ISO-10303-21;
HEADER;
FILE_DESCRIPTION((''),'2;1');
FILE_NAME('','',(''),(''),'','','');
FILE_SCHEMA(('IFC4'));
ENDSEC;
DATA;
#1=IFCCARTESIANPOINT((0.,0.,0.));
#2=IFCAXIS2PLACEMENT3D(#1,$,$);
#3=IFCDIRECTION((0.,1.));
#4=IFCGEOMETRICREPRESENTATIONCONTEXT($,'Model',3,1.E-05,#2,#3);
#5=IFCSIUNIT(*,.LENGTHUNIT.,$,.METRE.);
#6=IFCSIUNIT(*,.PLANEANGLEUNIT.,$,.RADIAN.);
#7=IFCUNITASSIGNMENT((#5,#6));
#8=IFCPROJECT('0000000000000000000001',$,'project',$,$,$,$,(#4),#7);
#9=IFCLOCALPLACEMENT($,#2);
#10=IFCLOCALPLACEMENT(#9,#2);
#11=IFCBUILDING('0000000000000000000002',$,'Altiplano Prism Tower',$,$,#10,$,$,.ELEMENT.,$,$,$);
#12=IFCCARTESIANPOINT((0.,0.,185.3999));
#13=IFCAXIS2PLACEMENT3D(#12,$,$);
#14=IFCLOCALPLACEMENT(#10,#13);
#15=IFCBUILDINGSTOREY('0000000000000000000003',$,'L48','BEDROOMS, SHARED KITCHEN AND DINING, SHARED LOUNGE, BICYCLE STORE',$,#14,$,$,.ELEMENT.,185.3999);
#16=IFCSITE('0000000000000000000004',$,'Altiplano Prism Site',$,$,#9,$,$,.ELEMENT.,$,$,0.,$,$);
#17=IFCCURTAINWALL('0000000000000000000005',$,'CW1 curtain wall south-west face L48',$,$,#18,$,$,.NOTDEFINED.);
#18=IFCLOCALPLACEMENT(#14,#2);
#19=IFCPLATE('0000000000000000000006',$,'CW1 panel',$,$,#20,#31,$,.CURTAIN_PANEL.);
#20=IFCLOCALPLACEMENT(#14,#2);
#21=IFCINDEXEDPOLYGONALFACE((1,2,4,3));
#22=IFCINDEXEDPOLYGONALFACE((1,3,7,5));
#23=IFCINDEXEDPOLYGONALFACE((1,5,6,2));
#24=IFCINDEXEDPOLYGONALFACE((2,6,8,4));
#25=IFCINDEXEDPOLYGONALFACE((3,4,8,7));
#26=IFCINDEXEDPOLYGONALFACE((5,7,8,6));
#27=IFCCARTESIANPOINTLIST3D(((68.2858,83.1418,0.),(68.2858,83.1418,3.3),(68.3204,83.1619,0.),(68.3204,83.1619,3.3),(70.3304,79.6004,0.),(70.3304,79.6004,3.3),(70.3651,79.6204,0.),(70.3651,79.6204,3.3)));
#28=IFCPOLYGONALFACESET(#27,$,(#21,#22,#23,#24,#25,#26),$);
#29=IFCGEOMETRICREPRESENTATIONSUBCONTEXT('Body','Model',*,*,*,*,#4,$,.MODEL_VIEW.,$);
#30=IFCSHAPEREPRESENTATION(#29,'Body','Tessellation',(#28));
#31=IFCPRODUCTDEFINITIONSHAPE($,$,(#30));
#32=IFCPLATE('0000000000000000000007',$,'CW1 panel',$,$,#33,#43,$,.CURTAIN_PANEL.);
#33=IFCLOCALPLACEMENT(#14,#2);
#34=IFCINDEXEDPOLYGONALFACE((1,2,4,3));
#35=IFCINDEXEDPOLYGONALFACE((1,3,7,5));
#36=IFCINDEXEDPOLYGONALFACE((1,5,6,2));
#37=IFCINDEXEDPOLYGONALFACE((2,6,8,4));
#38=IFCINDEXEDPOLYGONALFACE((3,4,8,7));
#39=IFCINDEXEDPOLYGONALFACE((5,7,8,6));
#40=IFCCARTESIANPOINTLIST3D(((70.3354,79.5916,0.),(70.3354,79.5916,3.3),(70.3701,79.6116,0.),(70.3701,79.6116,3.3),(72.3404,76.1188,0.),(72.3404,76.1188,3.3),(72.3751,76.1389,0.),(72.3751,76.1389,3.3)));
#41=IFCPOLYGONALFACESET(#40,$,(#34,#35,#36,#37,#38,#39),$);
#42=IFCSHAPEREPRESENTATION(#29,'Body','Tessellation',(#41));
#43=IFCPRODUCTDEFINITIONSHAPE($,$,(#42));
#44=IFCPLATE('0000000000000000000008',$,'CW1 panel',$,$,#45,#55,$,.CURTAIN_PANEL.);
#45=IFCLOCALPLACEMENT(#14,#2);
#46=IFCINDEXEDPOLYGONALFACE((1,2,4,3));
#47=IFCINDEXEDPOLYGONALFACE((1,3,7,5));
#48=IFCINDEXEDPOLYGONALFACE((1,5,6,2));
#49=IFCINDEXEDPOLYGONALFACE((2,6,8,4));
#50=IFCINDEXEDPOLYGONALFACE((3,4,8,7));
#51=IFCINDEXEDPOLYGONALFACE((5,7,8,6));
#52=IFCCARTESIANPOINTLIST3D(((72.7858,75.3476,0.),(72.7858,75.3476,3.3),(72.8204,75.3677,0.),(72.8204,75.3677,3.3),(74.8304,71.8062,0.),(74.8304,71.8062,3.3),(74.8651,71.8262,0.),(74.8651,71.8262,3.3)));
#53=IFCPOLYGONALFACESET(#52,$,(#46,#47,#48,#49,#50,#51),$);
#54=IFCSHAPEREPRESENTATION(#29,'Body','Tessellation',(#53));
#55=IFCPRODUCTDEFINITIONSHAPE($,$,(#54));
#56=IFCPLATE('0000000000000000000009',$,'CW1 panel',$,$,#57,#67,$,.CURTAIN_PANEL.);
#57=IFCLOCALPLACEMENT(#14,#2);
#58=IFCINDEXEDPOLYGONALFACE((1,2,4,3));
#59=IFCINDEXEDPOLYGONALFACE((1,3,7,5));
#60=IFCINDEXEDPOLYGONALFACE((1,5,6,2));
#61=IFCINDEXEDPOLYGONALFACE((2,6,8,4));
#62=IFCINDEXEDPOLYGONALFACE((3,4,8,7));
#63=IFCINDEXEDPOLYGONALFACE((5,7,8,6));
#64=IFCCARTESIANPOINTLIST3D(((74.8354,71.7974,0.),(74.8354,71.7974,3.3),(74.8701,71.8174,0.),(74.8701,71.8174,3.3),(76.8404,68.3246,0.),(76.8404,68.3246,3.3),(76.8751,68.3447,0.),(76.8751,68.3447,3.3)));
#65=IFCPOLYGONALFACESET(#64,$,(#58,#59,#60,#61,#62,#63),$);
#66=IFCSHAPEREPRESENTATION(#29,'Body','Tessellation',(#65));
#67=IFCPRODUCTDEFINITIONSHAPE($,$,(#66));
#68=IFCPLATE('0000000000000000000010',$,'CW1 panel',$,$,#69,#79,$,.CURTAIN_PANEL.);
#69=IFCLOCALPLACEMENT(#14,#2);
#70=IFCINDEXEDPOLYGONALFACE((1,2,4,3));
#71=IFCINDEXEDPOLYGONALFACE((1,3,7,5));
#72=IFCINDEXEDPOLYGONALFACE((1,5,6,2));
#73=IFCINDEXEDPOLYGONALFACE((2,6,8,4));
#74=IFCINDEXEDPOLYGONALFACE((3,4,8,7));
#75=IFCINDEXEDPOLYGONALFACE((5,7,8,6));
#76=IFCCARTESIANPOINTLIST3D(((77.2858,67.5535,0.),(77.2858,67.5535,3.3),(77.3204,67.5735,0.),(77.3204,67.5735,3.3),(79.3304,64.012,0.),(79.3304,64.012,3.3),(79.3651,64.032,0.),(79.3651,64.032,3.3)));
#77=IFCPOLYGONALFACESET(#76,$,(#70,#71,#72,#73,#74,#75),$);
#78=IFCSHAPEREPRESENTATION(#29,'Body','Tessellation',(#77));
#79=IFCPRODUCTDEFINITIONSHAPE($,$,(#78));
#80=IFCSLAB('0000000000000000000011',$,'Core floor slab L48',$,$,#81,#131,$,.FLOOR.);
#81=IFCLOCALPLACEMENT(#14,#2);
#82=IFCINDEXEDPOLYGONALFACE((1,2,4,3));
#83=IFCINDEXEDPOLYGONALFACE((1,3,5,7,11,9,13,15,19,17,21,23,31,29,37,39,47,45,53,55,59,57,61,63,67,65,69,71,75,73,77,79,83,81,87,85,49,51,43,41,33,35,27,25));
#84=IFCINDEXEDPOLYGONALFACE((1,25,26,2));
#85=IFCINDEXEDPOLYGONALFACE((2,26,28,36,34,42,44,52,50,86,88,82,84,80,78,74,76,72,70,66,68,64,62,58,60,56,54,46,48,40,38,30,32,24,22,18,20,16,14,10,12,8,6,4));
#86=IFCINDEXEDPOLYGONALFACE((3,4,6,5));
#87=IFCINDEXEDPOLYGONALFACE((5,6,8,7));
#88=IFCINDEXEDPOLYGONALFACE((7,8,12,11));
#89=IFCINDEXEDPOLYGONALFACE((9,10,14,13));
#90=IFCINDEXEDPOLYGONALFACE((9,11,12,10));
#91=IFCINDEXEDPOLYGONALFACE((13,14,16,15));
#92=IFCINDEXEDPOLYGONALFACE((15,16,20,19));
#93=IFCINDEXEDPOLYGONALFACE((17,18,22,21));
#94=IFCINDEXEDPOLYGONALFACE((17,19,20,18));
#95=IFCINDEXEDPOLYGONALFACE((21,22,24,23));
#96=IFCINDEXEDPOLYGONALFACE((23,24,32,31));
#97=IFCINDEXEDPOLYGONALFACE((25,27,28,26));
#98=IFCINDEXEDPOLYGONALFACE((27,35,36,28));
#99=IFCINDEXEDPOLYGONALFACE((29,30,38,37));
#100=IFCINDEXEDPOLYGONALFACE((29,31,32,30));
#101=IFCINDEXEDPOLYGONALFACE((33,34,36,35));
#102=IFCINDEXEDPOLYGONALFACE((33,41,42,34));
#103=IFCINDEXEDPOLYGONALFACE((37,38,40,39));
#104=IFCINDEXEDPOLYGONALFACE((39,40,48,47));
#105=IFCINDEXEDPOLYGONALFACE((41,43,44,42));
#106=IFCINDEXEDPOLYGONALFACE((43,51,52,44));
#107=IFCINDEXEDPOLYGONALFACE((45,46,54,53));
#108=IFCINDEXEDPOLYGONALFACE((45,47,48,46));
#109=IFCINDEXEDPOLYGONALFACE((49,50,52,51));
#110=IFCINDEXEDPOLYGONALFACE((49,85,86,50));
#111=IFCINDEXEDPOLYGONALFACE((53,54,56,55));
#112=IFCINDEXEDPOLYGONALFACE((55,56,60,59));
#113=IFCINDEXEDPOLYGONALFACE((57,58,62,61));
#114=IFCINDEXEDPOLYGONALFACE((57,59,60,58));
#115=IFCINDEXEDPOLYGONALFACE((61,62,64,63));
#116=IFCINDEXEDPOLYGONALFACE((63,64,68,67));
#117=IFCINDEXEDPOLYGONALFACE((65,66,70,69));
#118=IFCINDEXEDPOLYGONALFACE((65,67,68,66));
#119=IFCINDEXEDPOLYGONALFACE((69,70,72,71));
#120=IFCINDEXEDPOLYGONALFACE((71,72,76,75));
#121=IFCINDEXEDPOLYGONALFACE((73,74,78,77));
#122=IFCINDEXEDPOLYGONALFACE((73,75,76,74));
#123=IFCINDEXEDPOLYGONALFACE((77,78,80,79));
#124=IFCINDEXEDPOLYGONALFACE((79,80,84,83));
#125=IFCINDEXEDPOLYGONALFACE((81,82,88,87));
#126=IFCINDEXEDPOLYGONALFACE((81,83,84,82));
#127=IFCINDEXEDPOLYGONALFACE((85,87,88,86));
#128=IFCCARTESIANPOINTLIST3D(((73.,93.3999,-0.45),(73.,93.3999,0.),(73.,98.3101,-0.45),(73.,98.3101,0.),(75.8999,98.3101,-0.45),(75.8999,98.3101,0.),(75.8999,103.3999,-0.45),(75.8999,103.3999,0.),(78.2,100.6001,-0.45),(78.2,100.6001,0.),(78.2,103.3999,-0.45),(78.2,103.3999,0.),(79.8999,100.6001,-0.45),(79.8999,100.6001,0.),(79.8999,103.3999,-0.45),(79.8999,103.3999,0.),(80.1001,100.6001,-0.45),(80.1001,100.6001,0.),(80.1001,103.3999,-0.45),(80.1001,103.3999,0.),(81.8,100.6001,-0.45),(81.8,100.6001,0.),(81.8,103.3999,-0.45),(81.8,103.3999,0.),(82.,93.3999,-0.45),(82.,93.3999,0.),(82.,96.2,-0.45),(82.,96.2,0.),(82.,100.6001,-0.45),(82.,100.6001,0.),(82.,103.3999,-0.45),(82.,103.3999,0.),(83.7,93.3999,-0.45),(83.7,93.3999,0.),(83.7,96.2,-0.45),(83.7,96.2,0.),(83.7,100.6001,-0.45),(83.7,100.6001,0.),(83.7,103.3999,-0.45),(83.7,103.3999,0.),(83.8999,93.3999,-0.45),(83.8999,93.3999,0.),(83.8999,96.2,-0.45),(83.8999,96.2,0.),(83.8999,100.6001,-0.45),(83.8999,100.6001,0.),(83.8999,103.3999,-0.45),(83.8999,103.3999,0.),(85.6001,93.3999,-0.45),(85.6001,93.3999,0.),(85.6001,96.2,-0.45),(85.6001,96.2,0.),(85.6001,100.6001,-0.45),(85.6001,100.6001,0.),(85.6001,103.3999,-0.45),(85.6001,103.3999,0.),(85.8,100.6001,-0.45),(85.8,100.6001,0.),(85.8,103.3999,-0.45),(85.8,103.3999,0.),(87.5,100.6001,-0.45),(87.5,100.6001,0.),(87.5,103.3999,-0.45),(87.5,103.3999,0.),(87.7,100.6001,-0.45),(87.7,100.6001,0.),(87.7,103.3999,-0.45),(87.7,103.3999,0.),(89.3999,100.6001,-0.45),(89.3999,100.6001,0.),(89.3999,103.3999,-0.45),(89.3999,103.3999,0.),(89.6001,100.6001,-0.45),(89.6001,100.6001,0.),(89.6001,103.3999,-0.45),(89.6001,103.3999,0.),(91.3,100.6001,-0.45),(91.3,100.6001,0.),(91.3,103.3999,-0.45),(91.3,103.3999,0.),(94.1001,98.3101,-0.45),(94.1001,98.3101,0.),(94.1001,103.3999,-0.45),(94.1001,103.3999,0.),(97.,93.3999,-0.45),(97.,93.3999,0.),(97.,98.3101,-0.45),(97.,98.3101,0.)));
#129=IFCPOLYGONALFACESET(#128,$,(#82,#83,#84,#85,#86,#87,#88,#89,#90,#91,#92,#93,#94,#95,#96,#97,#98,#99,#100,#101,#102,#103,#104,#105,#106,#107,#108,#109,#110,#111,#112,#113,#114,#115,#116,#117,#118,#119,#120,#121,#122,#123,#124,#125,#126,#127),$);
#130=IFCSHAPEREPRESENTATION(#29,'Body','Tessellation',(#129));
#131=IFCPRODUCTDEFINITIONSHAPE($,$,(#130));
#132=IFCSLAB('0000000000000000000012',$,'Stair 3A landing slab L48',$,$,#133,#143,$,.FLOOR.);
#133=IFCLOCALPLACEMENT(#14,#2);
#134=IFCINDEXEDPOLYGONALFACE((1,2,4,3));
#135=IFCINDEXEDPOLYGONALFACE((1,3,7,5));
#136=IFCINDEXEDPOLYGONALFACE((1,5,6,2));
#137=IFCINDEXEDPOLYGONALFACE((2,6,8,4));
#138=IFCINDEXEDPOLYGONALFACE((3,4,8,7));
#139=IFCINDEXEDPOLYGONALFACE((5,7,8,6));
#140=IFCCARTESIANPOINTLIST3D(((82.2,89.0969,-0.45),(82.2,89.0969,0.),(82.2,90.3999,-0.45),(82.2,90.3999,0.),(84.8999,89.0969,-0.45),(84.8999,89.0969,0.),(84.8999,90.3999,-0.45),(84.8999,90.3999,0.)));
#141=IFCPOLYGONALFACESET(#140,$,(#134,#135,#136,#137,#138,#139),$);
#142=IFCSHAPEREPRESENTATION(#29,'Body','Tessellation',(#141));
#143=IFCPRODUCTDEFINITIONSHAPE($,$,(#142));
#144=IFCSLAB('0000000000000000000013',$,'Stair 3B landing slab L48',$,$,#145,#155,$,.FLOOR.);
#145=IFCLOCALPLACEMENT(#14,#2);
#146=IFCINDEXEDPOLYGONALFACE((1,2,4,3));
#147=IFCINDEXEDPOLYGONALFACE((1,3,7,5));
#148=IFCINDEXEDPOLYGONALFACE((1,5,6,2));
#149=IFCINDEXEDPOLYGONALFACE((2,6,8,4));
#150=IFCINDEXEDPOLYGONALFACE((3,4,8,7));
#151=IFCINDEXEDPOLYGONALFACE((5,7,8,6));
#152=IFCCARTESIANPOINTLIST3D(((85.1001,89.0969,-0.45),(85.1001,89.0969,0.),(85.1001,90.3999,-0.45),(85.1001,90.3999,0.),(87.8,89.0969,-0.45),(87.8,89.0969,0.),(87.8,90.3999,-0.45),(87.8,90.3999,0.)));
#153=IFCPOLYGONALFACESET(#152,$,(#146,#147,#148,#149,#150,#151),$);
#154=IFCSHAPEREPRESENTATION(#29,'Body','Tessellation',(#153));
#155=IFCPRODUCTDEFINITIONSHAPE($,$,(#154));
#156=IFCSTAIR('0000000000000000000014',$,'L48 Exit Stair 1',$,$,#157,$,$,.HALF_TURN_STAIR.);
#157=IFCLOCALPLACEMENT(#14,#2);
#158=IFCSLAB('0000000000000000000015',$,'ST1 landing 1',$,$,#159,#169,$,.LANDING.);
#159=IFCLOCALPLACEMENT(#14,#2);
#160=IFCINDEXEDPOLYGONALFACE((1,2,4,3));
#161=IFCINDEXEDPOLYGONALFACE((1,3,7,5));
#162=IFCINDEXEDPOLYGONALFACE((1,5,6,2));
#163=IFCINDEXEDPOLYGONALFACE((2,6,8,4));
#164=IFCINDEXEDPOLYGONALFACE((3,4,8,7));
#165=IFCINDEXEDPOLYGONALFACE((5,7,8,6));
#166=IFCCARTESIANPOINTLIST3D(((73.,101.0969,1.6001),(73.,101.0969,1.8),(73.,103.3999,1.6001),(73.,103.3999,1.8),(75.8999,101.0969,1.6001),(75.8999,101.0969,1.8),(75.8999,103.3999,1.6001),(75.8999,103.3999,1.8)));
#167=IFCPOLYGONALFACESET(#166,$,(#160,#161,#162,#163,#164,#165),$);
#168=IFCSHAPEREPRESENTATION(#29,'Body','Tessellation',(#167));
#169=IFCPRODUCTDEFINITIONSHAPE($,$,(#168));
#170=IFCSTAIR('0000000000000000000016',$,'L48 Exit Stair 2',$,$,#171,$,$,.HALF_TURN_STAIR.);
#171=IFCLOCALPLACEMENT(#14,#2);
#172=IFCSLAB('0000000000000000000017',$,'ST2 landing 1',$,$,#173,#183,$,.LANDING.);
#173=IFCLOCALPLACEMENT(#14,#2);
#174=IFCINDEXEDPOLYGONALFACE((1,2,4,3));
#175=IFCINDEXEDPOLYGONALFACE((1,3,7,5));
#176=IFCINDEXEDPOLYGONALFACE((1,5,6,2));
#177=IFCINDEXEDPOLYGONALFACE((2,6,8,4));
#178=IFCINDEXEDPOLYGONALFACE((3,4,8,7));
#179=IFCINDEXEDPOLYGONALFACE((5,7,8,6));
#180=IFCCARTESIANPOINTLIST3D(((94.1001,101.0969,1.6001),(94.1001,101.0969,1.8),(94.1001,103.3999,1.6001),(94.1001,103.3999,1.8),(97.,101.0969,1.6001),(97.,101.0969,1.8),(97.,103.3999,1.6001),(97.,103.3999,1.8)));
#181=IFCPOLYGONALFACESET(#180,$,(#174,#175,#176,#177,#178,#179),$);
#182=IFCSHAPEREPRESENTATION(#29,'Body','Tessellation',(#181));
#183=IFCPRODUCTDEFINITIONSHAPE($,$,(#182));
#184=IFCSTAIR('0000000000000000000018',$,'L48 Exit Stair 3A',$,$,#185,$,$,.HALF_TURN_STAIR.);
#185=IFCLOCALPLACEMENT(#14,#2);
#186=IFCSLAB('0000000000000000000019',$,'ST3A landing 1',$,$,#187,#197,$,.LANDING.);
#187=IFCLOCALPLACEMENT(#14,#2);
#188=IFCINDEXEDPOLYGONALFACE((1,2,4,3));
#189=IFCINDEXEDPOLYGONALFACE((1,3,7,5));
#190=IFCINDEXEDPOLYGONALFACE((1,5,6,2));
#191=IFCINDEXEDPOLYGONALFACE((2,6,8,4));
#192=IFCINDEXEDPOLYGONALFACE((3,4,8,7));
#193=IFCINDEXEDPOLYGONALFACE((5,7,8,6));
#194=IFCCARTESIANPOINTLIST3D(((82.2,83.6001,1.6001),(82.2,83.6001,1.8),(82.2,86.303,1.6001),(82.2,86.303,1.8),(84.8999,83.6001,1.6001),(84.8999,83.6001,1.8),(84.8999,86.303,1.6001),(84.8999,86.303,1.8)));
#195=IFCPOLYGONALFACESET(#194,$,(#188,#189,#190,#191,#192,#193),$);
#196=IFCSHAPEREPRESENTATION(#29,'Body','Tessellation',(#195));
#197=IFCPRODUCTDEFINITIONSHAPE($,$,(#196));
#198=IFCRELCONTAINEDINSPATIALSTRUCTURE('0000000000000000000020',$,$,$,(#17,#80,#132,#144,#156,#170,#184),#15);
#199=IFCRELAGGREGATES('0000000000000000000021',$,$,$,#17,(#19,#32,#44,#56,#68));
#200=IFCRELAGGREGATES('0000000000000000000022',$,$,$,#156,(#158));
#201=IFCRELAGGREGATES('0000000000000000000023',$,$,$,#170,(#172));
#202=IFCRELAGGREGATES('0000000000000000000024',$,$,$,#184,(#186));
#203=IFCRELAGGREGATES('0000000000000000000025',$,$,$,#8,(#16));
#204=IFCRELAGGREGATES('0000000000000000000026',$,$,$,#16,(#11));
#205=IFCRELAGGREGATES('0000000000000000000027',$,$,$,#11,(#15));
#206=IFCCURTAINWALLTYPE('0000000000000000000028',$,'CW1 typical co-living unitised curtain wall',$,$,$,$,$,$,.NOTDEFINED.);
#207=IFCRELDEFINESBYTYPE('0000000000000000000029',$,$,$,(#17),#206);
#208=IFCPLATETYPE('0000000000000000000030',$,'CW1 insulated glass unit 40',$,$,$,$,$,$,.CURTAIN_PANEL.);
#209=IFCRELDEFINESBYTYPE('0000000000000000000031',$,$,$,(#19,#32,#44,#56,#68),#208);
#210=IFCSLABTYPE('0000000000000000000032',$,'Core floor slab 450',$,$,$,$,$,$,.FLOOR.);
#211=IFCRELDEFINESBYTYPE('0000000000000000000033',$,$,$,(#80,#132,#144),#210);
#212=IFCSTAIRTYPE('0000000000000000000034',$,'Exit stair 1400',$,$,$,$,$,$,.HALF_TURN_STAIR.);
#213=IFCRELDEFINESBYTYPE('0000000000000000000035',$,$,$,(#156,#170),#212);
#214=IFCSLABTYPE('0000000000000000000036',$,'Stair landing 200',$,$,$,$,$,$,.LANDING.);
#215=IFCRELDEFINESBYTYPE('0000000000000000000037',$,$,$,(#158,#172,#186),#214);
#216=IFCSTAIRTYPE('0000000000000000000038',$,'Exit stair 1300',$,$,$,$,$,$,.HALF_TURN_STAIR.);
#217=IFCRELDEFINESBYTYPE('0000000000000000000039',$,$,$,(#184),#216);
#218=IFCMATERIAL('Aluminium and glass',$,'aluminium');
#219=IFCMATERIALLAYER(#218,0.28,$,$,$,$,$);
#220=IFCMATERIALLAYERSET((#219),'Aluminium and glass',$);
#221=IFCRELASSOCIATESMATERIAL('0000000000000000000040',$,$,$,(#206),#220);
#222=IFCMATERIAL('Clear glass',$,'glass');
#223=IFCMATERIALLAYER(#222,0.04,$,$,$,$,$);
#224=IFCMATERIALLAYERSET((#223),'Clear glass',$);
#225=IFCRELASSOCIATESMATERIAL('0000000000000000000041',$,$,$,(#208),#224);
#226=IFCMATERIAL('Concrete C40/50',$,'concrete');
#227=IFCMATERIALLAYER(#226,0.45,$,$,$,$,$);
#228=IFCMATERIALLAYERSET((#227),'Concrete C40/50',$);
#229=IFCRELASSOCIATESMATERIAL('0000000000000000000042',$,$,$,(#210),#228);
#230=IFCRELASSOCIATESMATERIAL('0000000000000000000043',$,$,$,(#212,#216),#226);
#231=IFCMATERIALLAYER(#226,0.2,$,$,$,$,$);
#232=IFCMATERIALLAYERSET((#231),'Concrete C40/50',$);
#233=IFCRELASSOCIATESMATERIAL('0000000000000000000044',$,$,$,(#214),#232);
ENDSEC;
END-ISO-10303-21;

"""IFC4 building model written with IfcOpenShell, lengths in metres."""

from ifc_helpers import new_model, si_unit, direction, frame, origin, origin_2d, place, context, subcontext, project, spatial, polyline, rectangle, outline, extrude, material, layer, layer_set, type_object, element, aggregate, save


model = new_model("IFC4")

# Units and contexts
model_context = context("Model", 3, precision=1e-05, world=origin(), true_north=direction((0.0, 1.0)))
body_context = subcontext(model_context, "Body", "Model", "MODEL_VIEW")
ifc_project = project(units=[si_unit("LENGTHUNIT", "METRE"), si_unit("PLANEANGLEUNIT", "RADIAN")], contexts=[model_context])

# Site, building, storey
site_placement = place(None, origin())
site = spatial("IfcSite", under=ifc_project, at=site_placement, Name="Altiplano Prism Site", CompositionType="ELEMENT", RefElevation=0.0)
building_placement = place(site_placement, origin())
building = spatial("IfcBuilding", under=site, at=building_placement, Name="Altiplano Prism Tower", CompositionType="ELEMENT")
storey_placement = place(building_placement, frame((0.0, 0.0, 185.3999)))
storey = spatial("IfcBuildingStorey", under=building, at=storey_placement, Name="L48", Description="BEDROOMS, SHARED KITCHEN AND DINING, SHARED LOUNGE, BICYCLE STORE", CompositionType="ELEMENT", Elevation=185.3999)

# Curtain wall
ifc_material_1 = material(Name="Aluminium and glass", Category="aluminium")
ifc_layer_1 = layer(ifc_material_1, 0.28)
ifc_layer_set_1 = layer_set([ifc_layer_1], Name="Aluminium and glass")
curtain_wall_type = type_object("IfcCurtainWallType", Name="CW1 typical co-living unitised curtain wall", PredefinedType="NOTDEFINED", material=ifc_layer_set_1)
curtain_wall_placement = place(storey_placement, origin())
curtain_wall = element("IfcCurtainWall", 1, at=curtain_wall_placement, inside=storey, type_object=curtain_wall_type, Name="CW1 curtain wall south-west face L48", PredefinedType="NOTDEFINED")

# Plates
ifc_material_2 = material(Name="Clear glass", Category="glass")
ifc_layer_2 = layer(ifc_material_2, 0.04)
ifc_layer_set_2 = layer_set([ifc_layer_2], Name="Clear glass")
plate_type = type_object("IfcPlateType", Name="CW1 insulated glass unit 40", PredefinedType="CURTAIN_PANEL", material=ifc_layer_set_2)
plate_1_placement = place(storey_placement, frame((69.3254, 81.3811, 0.0), z_axis=(0.0, 0.0, 1.0), x_axis=(0.5, -0.866025, 0.0)))
plate_1 = element("IfcPlate", 2, at=plate_1_placement, type_object=plate_type, Name="CW1 panel", PredefinedType="CURTAIN_PANEL", context=body_context, shape_type="SweptSolid", body=[
    extrude(rectangle(XDim=4.0894, YDim=0.04, at=origin_2d()), origin(), (0.0, 0.0, 1.0), 3.3),
])
plate_2_placement = place(storey_placement, frame((71.3552, 77.8652, 0.0), z_axis=(0.0, 0.0, 1.0), x_axis=(0.5, -0.866025, 0.0)))
plate_2 = element("IfcPlate", 3, at=plate_2_placement, type_object=plate_type, Name="CW1 panel", PredefinedType="CURTAIN_PANEL", context=body_context, shape_type="SweptSolid", body=[
    extrude(rectangle(XDim=4.01, YDim=0.04, at=origin_2d()), origin(), (0.0, 0.0, 1.0), 3.3),
])
plate_3_placement = place(storey_placement, frame((73.8254, 73.5869, 0.0), z_axis=(0.0, 0.0, 1.0), x_axis=(0.5, -0.866025, 0.0)))
plate_3 = element("IfcPlate", 4, at=plate_3_placement, type_object=plate_type, Name="CW1 panel", PredefinedType="CURTAIN_PANEL", context=body_context, shape_type="SweptSolid", body=[
    extrude(rectangle(XDim=4.0894, YDim=0.04, at=origin_2d()), origin(), (0.0, 0.0, 1.0), 3.3),
])
plate_4_placement = place(storey_placement, frame((75.8552, 70.071, 0.0), z_axis=(0.0, 0.0, 1.0), x_axis=(0.5, -0.866025, 0.0)))
plate_4 = element("IfcPlate", 5, at=plate_4_placement, type_object=plate_type, Name="CW1 panel", PredefinedType="CURTAIN_PANEL", context=body_context, shape_type="SweptSolid", body=[
    extrude(rectangle(XDim=4.01, YDim=0.04, at=origin_2d()), origin(), (0.0, 0.0, 1.0), 3.3),
])
plate_5_placement = place(storey_placement, frame((78.3254, 65.7927, 0.0), z_axis=(0.0, 0.0, 1.0), x_axis=(0.5, -0.866025, 0.0)))
plate_5 = element("IfcPlate", 6, at=plate_5_placement, type_object=plate_type, Name="CW1 panel", PredefinedType="CURTAIN_PANEL", context=body_context, shape_type="SweptSolid", body=[
    extrude(rectangle(XDim=4.0894, YDim=0.04, at=origin_2d()), origin(), (0.0, 0.0, 1.0), 3.3),
])
aggregate(curtain_wall, [plate_1, plate_2, plate_3, plate_4, plate_5])

# Slabs
ifc_material_3 = material(Name="Concrete C40/50", Category="concrete")
ifc_layer_3 = layer(ifc_material_3, 0.45)
ifc_layer_set_3 = layer_set([ifc_layer_3], Name="Concrete C40/50")
slab_type_1 = type_object("IfcSlabType", Name="Core floor slab 450", PredefinedType="FLOOR", material=ifc_layer_set_3)
slab_1_placement = place(storey_placement, frame((0.0, 0.0, -0.45)))
element("IfcSlab", 7, at=slab_1_placement, inside=storey, type_object=slab_type_1, Name="Core floor slab L48", PredefinedType="FLOOR", context=body_context, shape_type="SweptSolid", body=[
    extrude(outline(polyline([(97.0, 98.3101), (94.1001, 98.3101), (94.1001, 103.3999), (91.3, 103.3999), (91.3, 100.6001), (89.6001, 100.6001), (89.6001, 103.3999), (89.3999, 103.3999), (89.3999, 100.6001), (87.7, 100.6001), (87.7, 103.3999), (87.5, 103.3999), (87.5, 100.6001), (85.8, 100.6001), (85.8, 103.3999), (85.6001, 103.3999), (85.6001, 100.6001), (83.8999, 100.6001), (83.8999, 103.3999), (83.7, 103.3999), (83.7, 100.6001), (82.0, 100.6001), (82.0, 103.3999), (81.8, 103.3999), (81.8, 100.6001), (80.1001, 100.6001), (80.1001, 103.3999), (79.8999, 103.3999), (79.8999, 100.6001), (78.2, 100.6001), (78.2, 103.3999), (75.8999, 103.3999), (75.8999, 98.3101), (73.0, 98.3101), (73.0, 93.3999), (82.0, 93.3999), (82.0, 96.2), (83.7, 96.2), (83.7, 93.3999), (83.8999, 93.3999), (83.8999, 96.2), (85.6001, 96.2), (85.6001, 93.3999), (97.0, 93.3999), (97.0, 98.3101)])), origin(), (0.0, 0.0, 1.0), 0.45),
])
slab_2_placement = place(storey_placement, frame((0.0, 0.0, -0.45)))
element("IfcSlab", 8, at=slab_2_placement, inside=storey, type_object=slab_type_1, Name="Stair 3A landing slab L48", PredefinedType="FLOOR", context=body_context, shape_type="SweptSolid", body=[
    extrude(outline(polyline([(82.2, 89.0969), (84.8999, 89.0969), (84.8999, 90.3999), (82.2, 90.3999), (82.2, 89.0969)])), origin(), (0.0, 0.0, 1.0), 0.45),
])
slab_3_placement = place(storey_placement, frame((0.0, 0.0, -0.45)))
element("IfcSlab", 9, at=slab_3_placement, inside=storey, type_object=slab_type_1, Name="Stair 3B landing slab L48", PredefinedType="FLOOR", context=body_context, shape_type="SweptSolid", body=[
    extrude(outline(polyline([(85.1001, 89.0969), (87.8, 89.0969), (87.8, 90.3999), (85.1001, 90.3999), (85.1001, 89.0969)])), origin(), (0.0, 0.0, 1.0), 0.45),
])

# Stairs, slabs
stair_type_1 = type_object("IfcStairType", Name="Exit stair 1400", PredefinedType="HALF_TURN_STAIR", material=ifc_material_3)
stair_1_placement = place(storey_placement, origin())
stair_1 = element("IfcStair", 10, at=stair_1_placement, inside=storey, type_object=stair_type_1, Name="L48 Exit Stair 1", PredefinedType="HALF_TURN_STAIR")
ifc_layer_4 = layer(ifc_material_3, 0.2)
ifc_layer_set_4 = layer_set([ifc_layer_4], Name="Concrete C40/50")
slab_type_2 = type_object("IfcSlabType", Name="Stair landing 200", PredefinedType="LANDING", material=ifc_layer_set_4)
slab_4_placement = place(storey_placement, frame((0.0, 0.0, 1.6001)))
slab_4 = element("IfcSlab", 11, at=slab_4_placement, type_object=slab_type_2, Name="ST1 landing 1", PredefinedType="LANDING", context=body_context, shape_type="SweptSolid", body=[
    extrude(outline(polyline([(75.8999, 101.0969), (75.8999, 103.3999), (73.0, 103.3999), (73.0, 101.0969), (75.8999, 101.0969)])), origin(), (0.0, 0.0, 1.0), 0.2),
])
aggregate(stair_1, [slab_4])
stair_2_placement = place(storey_placement, origin())
stair_2 = element("IfcStair", 12, at=stair_2_placement, inside=storey, type_object=stair_type_1, Name="L48 Exit Stair 2", PredefinedType="HALF_TURN_STAIR")
slab_5_placement = place(storey_placement, frame((0.0, 0.0, 1.6001)))
slab_5 = element("IfcSlab", 13, at=slab_5_placement, type_object=slab_type_2, Name="ST2 landing 1", PredefinedType="LANDING", context=body_context, shape_type="SweptSolid", body=[
    extrude(outline(polyline([(97.0, 101.0969), (97.0, 103.3999), (94.1001, 103.3999), (94.1001, 101.0969), (97.0, 101.0969)])), origin(), (0.0, 0.0, 1.0), 0.2),
])
aggregate(stair_2, [slab_5])
stair_type_2 = type_object("IfcStairType", Name="Exit stair 1300", PredefinedType="HALF_TURN_STAIR", material=ifc_material_3)
stair_3_placement = place(storey_placement, origin())
stair_3 = element("IfcStair", 14, at=stair_3_placement, inside=storey, type_object=stair_type_2, Name="L48 Exit Stair 3A", PredefinedType="HALF_TURN_STAIR")
slab_6_placement = place(storey_placement, frame((0.0, 0.0, 1.6001)))
slab_6 = element("IfcSlab", 15, at=slab_6_placement, type_object=slab_type_2, Name="ST3A landing 1", PredefinedType="LANDING", context=body_context, shape_type="SweptSolid", body=[
    extrude(outline(polyline([(82.2, 86.303), (82.2, 83.6001), (84.8999, 83.6001), (84.8999, 86.303), (82.2, 86.303)])), origin(), (0.0, 0.0, 1.0), 0.2),
])
aggregate(stair_3, [slab_6])

save(model, "model.ifc")
